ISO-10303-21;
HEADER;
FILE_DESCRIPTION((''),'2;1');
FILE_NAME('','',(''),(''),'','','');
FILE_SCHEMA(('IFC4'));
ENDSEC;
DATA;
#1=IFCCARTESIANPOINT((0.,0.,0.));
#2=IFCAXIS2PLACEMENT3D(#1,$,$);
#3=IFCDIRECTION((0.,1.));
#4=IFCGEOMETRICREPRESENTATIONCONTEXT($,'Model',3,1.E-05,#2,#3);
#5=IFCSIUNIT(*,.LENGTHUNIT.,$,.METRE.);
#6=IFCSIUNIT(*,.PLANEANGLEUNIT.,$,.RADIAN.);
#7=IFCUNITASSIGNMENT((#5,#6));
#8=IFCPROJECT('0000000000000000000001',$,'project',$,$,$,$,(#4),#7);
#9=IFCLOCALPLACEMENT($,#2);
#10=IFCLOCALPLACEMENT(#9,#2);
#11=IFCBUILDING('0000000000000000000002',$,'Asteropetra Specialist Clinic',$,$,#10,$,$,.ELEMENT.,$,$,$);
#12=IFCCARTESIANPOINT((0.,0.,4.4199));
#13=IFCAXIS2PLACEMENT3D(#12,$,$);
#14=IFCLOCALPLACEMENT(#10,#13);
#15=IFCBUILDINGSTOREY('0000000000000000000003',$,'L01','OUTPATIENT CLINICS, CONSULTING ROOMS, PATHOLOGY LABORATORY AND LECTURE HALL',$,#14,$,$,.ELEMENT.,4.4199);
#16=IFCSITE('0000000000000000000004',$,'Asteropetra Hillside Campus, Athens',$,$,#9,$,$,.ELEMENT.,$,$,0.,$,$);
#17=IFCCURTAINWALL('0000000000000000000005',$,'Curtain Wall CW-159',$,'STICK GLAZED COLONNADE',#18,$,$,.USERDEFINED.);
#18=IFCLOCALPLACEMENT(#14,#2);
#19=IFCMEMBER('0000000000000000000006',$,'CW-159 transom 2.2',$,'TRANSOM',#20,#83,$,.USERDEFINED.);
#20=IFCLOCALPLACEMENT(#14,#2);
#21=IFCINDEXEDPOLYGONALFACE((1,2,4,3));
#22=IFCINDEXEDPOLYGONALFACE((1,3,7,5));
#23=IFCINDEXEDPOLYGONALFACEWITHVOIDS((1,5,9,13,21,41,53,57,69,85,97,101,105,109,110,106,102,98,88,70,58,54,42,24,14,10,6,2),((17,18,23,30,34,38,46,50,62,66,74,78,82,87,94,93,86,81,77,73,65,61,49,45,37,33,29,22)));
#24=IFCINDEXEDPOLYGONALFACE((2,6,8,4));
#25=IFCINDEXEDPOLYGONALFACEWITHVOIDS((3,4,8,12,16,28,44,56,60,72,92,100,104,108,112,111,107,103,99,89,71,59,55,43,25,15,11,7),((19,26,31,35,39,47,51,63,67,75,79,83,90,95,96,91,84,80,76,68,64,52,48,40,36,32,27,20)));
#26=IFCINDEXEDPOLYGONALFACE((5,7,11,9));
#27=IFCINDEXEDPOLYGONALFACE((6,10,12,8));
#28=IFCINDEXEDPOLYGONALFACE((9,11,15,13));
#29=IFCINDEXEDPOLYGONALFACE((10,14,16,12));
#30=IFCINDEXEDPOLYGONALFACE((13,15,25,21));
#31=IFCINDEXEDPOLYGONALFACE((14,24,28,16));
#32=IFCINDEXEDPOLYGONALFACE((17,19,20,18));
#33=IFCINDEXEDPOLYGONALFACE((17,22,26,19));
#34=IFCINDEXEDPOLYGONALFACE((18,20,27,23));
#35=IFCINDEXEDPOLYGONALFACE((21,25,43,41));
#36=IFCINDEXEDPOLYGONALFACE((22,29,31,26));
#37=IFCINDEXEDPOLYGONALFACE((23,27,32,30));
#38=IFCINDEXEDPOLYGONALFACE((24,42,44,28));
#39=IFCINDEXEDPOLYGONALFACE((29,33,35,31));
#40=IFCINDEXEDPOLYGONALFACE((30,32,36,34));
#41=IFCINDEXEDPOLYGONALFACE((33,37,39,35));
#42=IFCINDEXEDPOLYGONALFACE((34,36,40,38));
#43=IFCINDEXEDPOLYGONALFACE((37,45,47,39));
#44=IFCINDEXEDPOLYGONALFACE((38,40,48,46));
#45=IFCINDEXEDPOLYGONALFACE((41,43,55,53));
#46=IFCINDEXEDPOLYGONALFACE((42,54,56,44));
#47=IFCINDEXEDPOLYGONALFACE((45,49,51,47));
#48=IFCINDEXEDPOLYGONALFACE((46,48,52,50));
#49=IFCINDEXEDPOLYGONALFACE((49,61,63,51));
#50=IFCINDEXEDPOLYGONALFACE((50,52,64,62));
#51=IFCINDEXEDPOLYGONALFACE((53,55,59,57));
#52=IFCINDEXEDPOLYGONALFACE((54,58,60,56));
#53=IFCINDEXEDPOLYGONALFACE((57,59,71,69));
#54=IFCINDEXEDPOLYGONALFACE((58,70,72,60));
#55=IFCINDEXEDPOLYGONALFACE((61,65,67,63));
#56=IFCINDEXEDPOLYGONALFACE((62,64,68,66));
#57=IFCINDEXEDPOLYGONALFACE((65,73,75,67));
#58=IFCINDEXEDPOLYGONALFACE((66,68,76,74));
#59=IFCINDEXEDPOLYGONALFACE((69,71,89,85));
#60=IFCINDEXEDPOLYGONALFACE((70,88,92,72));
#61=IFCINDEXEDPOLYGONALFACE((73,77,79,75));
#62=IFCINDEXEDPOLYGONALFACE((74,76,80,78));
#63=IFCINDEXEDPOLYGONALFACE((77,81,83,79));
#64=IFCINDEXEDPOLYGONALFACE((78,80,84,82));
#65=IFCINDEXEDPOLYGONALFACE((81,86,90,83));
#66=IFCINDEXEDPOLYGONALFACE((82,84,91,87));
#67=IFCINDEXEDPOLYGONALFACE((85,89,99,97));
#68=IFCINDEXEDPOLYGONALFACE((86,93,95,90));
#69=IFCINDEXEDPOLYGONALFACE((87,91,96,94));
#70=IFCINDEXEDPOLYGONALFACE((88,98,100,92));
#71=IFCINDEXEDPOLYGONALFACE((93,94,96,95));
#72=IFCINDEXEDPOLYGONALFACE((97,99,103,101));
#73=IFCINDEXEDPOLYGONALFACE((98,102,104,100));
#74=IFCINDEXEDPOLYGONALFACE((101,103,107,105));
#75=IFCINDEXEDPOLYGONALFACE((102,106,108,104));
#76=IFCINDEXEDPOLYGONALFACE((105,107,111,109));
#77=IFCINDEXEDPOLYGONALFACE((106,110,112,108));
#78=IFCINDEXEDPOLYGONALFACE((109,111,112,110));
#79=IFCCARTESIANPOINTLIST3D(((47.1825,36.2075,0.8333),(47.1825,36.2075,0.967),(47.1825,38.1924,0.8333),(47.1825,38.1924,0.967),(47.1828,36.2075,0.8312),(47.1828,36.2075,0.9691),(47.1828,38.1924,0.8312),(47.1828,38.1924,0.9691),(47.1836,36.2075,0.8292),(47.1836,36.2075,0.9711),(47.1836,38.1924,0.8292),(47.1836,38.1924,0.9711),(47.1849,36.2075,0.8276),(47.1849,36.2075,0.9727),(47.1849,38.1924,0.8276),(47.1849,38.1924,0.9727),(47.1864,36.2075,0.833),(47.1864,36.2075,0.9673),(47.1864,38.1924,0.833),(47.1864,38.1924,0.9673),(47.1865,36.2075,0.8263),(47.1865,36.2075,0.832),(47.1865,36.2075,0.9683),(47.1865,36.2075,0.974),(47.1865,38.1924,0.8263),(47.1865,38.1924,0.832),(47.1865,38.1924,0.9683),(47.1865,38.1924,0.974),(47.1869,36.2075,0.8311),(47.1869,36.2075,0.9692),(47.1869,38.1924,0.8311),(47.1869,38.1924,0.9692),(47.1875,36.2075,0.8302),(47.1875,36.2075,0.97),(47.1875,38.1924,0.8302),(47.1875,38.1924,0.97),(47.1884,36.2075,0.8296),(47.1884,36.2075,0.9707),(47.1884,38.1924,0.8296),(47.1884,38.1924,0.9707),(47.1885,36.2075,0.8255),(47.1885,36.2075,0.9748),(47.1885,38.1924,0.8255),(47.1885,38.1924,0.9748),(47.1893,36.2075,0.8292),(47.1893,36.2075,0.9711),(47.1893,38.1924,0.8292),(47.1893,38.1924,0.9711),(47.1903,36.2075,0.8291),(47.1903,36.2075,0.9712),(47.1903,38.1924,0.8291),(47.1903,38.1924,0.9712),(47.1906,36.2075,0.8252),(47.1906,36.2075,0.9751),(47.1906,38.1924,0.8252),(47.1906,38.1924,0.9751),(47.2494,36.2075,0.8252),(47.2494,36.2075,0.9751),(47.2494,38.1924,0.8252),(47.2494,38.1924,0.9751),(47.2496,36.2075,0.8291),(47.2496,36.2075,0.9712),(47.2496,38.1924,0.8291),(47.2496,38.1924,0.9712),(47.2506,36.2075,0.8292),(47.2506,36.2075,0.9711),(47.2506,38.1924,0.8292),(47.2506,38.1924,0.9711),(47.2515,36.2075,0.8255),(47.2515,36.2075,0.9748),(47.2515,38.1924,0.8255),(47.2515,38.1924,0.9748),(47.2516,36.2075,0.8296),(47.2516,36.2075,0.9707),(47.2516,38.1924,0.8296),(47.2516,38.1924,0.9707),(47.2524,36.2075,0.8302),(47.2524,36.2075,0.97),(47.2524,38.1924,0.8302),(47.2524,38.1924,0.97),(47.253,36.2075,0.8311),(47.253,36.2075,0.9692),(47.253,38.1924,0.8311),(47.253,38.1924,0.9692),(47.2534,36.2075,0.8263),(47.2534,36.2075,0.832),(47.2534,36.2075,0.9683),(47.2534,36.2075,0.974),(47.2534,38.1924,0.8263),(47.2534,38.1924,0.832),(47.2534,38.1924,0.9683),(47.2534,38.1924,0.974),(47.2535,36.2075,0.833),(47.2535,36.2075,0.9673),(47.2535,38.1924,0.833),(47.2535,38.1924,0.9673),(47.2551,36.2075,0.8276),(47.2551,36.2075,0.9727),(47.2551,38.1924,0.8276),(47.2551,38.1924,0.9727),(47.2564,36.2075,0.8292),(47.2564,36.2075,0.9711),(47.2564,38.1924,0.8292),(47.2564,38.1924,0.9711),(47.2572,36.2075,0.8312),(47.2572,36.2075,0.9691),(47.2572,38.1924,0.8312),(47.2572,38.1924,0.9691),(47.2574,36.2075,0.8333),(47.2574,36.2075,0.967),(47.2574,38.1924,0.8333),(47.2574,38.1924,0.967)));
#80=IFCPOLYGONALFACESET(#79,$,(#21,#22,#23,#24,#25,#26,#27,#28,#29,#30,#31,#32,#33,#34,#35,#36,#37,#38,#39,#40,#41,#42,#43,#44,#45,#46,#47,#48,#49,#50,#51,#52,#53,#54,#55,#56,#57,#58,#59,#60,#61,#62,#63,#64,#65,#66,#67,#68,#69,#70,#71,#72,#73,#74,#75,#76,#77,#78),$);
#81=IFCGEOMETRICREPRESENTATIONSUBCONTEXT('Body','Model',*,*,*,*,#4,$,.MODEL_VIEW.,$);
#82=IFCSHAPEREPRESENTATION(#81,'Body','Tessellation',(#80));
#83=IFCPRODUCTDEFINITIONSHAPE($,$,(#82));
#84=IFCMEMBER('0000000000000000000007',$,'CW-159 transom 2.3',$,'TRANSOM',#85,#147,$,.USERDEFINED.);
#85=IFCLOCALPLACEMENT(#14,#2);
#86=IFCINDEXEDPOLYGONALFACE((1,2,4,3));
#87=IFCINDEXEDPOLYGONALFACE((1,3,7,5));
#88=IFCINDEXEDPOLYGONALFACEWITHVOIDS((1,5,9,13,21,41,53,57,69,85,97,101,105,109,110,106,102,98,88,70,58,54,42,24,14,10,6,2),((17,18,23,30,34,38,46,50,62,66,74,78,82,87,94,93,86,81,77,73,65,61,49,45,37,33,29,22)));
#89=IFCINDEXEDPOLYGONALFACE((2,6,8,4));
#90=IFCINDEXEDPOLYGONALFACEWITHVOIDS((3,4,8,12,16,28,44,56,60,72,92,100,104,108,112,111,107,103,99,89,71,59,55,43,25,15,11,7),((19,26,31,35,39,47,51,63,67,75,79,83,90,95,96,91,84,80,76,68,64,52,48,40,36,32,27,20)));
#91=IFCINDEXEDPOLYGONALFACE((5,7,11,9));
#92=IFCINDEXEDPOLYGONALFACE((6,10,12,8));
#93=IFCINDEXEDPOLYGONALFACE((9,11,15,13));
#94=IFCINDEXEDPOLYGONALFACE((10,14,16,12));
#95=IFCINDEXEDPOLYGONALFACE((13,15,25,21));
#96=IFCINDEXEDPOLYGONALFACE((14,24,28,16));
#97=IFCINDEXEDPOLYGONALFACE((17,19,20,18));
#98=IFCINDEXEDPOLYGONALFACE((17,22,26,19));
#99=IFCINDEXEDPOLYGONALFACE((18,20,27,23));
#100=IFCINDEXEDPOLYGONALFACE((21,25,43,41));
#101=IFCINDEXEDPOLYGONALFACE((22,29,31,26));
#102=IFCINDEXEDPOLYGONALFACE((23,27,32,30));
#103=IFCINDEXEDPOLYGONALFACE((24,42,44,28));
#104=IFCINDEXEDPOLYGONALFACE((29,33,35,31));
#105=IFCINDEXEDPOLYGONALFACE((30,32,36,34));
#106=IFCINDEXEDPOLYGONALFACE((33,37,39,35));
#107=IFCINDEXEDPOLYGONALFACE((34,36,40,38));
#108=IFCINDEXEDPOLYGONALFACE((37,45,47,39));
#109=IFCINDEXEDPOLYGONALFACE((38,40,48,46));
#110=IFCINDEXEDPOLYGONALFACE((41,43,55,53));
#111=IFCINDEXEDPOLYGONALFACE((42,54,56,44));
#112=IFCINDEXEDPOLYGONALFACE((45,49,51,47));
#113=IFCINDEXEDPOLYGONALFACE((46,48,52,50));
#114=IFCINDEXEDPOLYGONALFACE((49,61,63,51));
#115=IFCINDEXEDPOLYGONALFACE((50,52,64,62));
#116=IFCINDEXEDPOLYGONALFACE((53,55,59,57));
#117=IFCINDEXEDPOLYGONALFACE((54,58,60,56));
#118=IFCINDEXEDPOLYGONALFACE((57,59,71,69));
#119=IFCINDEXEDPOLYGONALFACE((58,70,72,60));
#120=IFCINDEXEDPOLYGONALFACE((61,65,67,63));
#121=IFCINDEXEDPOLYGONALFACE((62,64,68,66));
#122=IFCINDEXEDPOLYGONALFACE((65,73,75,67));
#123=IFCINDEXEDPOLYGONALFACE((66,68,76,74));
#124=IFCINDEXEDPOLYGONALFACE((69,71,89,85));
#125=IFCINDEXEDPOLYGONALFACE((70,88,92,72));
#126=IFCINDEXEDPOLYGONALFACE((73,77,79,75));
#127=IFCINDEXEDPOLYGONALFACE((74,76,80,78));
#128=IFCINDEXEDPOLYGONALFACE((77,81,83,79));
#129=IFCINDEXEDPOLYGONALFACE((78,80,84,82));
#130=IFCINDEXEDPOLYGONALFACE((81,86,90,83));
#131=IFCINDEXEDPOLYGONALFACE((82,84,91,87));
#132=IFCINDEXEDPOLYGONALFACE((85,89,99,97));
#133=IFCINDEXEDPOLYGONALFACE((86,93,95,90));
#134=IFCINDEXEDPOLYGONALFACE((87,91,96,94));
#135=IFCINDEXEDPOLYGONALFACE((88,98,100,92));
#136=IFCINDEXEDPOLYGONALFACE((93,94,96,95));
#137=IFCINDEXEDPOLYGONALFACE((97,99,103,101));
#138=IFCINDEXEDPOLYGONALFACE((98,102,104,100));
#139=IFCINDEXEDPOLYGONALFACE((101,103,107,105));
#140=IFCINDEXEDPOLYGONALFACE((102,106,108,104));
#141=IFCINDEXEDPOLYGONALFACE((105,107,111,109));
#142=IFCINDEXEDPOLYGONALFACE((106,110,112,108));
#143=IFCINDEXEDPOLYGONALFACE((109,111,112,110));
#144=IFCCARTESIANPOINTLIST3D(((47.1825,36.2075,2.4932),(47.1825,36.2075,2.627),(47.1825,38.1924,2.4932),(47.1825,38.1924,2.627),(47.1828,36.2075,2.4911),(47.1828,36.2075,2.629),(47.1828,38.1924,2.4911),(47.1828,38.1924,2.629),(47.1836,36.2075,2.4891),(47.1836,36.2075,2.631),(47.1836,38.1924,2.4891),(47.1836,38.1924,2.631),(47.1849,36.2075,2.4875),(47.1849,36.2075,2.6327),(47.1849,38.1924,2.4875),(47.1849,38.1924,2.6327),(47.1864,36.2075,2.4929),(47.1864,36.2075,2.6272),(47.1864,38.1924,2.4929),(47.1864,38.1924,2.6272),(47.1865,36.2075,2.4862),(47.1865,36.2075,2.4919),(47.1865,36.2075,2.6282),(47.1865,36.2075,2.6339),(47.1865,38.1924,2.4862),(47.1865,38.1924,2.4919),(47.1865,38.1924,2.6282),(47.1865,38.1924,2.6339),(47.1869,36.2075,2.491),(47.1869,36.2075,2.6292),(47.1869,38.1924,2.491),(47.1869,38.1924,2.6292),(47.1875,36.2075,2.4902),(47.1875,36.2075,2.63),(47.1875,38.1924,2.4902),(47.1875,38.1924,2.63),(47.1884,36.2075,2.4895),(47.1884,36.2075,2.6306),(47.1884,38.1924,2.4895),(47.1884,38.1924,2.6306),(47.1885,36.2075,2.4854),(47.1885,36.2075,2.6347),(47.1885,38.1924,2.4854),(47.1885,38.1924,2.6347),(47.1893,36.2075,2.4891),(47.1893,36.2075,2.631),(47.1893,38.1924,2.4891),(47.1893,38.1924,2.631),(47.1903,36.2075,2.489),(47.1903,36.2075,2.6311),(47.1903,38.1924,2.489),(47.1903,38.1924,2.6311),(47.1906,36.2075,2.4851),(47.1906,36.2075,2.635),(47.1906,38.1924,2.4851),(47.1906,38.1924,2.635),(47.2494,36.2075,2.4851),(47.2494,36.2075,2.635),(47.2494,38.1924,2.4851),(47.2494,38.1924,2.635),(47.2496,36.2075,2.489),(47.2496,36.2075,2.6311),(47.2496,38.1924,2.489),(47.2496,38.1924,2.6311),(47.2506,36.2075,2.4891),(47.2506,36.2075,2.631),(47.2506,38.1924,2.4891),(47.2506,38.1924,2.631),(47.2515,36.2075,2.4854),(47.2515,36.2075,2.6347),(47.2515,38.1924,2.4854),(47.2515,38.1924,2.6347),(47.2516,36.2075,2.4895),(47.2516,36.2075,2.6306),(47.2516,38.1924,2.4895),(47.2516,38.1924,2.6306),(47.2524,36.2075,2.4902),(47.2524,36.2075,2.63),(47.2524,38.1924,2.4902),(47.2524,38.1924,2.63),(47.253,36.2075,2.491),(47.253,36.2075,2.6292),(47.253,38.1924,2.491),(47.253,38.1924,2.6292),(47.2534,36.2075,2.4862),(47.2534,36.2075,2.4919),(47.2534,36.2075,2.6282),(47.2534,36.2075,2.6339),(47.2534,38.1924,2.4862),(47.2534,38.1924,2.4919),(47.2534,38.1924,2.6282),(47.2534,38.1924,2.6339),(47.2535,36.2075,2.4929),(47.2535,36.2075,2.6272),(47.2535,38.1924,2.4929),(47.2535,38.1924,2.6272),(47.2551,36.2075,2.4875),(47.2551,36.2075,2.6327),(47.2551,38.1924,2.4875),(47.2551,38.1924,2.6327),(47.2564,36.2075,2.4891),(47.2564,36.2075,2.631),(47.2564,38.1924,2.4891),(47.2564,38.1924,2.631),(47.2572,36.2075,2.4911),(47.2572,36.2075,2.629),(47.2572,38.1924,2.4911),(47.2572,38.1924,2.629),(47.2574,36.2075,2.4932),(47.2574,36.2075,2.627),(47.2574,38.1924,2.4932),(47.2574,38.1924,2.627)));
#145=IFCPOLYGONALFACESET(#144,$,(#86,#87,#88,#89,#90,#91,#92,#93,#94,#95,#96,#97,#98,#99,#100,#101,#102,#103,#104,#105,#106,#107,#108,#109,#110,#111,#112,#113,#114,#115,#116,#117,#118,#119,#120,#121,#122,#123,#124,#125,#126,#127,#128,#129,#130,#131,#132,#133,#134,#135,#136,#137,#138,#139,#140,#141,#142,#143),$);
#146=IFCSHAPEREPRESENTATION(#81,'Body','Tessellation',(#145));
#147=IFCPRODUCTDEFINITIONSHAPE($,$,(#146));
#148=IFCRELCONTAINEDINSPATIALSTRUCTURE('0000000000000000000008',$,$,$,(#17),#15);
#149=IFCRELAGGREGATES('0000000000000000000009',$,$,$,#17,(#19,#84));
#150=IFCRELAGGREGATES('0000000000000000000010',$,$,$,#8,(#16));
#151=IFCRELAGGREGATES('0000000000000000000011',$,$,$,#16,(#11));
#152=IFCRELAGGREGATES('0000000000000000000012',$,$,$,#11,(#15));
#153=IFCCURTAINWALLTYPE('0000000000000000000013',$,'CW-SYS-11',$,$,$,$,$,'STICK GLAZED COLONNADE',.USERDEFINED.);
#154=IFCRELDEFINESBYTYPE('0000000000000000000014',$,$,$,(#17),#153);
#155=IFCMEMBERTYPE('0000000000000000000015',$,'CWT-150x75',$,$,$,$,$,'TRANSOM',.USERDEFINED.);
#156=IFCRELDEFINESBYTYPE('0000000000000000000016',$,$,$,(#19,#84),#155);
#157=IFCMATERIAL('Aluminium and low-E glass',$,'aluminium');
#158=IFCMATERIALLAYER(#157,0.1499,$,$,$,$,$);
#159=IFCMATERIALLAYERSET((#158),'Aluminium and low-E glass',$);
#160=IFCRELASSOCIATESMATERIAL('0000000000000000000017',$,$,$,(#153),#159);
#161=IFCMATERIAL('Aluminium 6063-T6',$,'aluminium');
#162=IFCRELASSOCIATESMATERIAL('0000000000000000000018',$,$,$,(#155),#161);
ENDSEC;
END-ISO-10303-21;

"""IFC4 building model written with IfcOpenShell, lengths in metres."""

from ifc_helpers import new_model, si_unit, direction, frame, origin, origin_2d, place, context, subcontext, project, spatial, hollow_rectangle, extrude, material, layer, layer_set, material_profile, profile_set, type_object, element, aggregate, save


model = new_model("IFC4")

# Units and contexts
model_context = context("Model", 3, precision=1e-05, world=origin(), true_north=direction((0.0, 1.0)))
body_context = subcontext(model_context, "Body", "Model", "MODEL_VIEW")
ifc_project = project(units=[si_unit("LENGTHUNIT", "METRE"), si_unit("PLANEANGLEUNIT", "RADIAN")], contexts=[model_context])

# Site, building, storey
site_placement = place(None, origin())
site = spatial("IfcSite", under=ifc_project, at=site_placement, Name="Asteropetra Hillside Campus, Athens", CompositionType="ELEMENT", RefElevation=0.0)
building_placement = place(site_placement, origin())
building = spatial("IfcBuilding", under=site, at=building_placement, Name="Asteropetra Specialist Clinic", CompositionType="ELEMENT")
storey_placement = place(building_placement, frame((0.0, 0.0, 4.4199)))
storey = spatial("IfcBuildingStorey", under=building, at=storey_placement, Name="L01", Description="OUTPATIENT CLINICS, CONSULTING ROOMS, PATHOLOGY LABORATORY AND LECTURE HALL", CompositionType="ELEMENT", Elevation=4.4199)

# Shared definitions
ifc_material_1 = material(Name="Aluminium and low-E glass", Category="aluminium")
ifc_layer_1 = layer(ifc_material_1, 0.1499)
ifc_layer_set_1 = layer_set([ifc_layer_1], Name="Aluminium and low-E glass")
curtain_wall_type = type_object("IfcCurtainWallType", Name="CW-SYS-11", ElementType="STICK GLAZED COLONNADE", PredefinedType="USERDEFINED", material=ifc_layer_set_1)

# Curtain wall, members
curtain_wall_1_placement = place(storey_placement, origin())
curtain_wall_1 = element("IfcCurtainWall", 1, at=curtain_wall_1_placement, inside=storey, type_object=curtain_wall_type, Name="Curtain Wall CW-159", ObjectType="STICK GLAZED COLONNADE", PredefinedType="USERDEFINED")
ifc_material_2 = material(Name="Aluminium 6063-T6", Category="aluminium")
ifc_material_profile_1 = material_profile(ifc_material_2, hollow_rectangle(XDim=0.075, YDim=0.1499, WallThickness=0.0039, InnerFilletRadius=0.0039, OuterFilletRadius=0.0081, at=origin_2d()), Name="TRN 150x75x4.0")
ifc_profile_set_1 = profile_set([ifc_material_profile_1], Name="Aluminium 6063-T6")
member_type_1 = type_object("IfcMemberType", Name="CWT-150x75", ElementType="TRANSOM", PredefinedType="USERDEFINED", material=ifc_profile_set_1)
member_1_placement = place(storey_placement, frame((47.22, 36.2075, 0.9001), z_axis=(0.0, 1.0, 0.0), x_axis=(-1.0, 0.0, 0.0)))
member_1 = element("IfcMember", 2, at=member_1_placement, type_object=member_type_1, Name="CW-159 transom 2.2", ObjectType="TRANSOM", PredefinedType="USERDEFINED", context=body_context, shape_type="SweptSolid", body=[
    extrude(hollow_rectangle(XDim=0.075, YDim=0.1499, WallThickness=0.0039, InnerFilletRadius=0.0039, OuterFilletRadius=0.0081, at=origin_2d()), origin(), (0.0, 0.0, 1.0), 1.9849),
])
member_2_placement = place(storey_placement, frame((47.22, 36.2075, 2.5601), z_axis=(0.0, 1.0, 0.0), x_axis=(-1.0, 0.0, 0.0)))
member_2 = element("IfcMember", 3, at=member_2_placement, type_object=member_type_1, Name="CW-159 transom 2.3", ObjectType="TRANSOM", PredefinedType="USERDEFINED", context=body_context, shape_type="SweptSolid", body=[
    extrude(hollow_rectangle(XDim=0.075, YDim=0.1499, WallThickness=0.0039, InnerFilletRadius=0.0039, OuterFilletRadius=0.0081, at=origin_2d()), origin(), (0.0, 0.0, 1.0), 1.9849),
])

aggregate(curtain_wall_1, [member_1, member_2])

save(model, "model.ifc")
